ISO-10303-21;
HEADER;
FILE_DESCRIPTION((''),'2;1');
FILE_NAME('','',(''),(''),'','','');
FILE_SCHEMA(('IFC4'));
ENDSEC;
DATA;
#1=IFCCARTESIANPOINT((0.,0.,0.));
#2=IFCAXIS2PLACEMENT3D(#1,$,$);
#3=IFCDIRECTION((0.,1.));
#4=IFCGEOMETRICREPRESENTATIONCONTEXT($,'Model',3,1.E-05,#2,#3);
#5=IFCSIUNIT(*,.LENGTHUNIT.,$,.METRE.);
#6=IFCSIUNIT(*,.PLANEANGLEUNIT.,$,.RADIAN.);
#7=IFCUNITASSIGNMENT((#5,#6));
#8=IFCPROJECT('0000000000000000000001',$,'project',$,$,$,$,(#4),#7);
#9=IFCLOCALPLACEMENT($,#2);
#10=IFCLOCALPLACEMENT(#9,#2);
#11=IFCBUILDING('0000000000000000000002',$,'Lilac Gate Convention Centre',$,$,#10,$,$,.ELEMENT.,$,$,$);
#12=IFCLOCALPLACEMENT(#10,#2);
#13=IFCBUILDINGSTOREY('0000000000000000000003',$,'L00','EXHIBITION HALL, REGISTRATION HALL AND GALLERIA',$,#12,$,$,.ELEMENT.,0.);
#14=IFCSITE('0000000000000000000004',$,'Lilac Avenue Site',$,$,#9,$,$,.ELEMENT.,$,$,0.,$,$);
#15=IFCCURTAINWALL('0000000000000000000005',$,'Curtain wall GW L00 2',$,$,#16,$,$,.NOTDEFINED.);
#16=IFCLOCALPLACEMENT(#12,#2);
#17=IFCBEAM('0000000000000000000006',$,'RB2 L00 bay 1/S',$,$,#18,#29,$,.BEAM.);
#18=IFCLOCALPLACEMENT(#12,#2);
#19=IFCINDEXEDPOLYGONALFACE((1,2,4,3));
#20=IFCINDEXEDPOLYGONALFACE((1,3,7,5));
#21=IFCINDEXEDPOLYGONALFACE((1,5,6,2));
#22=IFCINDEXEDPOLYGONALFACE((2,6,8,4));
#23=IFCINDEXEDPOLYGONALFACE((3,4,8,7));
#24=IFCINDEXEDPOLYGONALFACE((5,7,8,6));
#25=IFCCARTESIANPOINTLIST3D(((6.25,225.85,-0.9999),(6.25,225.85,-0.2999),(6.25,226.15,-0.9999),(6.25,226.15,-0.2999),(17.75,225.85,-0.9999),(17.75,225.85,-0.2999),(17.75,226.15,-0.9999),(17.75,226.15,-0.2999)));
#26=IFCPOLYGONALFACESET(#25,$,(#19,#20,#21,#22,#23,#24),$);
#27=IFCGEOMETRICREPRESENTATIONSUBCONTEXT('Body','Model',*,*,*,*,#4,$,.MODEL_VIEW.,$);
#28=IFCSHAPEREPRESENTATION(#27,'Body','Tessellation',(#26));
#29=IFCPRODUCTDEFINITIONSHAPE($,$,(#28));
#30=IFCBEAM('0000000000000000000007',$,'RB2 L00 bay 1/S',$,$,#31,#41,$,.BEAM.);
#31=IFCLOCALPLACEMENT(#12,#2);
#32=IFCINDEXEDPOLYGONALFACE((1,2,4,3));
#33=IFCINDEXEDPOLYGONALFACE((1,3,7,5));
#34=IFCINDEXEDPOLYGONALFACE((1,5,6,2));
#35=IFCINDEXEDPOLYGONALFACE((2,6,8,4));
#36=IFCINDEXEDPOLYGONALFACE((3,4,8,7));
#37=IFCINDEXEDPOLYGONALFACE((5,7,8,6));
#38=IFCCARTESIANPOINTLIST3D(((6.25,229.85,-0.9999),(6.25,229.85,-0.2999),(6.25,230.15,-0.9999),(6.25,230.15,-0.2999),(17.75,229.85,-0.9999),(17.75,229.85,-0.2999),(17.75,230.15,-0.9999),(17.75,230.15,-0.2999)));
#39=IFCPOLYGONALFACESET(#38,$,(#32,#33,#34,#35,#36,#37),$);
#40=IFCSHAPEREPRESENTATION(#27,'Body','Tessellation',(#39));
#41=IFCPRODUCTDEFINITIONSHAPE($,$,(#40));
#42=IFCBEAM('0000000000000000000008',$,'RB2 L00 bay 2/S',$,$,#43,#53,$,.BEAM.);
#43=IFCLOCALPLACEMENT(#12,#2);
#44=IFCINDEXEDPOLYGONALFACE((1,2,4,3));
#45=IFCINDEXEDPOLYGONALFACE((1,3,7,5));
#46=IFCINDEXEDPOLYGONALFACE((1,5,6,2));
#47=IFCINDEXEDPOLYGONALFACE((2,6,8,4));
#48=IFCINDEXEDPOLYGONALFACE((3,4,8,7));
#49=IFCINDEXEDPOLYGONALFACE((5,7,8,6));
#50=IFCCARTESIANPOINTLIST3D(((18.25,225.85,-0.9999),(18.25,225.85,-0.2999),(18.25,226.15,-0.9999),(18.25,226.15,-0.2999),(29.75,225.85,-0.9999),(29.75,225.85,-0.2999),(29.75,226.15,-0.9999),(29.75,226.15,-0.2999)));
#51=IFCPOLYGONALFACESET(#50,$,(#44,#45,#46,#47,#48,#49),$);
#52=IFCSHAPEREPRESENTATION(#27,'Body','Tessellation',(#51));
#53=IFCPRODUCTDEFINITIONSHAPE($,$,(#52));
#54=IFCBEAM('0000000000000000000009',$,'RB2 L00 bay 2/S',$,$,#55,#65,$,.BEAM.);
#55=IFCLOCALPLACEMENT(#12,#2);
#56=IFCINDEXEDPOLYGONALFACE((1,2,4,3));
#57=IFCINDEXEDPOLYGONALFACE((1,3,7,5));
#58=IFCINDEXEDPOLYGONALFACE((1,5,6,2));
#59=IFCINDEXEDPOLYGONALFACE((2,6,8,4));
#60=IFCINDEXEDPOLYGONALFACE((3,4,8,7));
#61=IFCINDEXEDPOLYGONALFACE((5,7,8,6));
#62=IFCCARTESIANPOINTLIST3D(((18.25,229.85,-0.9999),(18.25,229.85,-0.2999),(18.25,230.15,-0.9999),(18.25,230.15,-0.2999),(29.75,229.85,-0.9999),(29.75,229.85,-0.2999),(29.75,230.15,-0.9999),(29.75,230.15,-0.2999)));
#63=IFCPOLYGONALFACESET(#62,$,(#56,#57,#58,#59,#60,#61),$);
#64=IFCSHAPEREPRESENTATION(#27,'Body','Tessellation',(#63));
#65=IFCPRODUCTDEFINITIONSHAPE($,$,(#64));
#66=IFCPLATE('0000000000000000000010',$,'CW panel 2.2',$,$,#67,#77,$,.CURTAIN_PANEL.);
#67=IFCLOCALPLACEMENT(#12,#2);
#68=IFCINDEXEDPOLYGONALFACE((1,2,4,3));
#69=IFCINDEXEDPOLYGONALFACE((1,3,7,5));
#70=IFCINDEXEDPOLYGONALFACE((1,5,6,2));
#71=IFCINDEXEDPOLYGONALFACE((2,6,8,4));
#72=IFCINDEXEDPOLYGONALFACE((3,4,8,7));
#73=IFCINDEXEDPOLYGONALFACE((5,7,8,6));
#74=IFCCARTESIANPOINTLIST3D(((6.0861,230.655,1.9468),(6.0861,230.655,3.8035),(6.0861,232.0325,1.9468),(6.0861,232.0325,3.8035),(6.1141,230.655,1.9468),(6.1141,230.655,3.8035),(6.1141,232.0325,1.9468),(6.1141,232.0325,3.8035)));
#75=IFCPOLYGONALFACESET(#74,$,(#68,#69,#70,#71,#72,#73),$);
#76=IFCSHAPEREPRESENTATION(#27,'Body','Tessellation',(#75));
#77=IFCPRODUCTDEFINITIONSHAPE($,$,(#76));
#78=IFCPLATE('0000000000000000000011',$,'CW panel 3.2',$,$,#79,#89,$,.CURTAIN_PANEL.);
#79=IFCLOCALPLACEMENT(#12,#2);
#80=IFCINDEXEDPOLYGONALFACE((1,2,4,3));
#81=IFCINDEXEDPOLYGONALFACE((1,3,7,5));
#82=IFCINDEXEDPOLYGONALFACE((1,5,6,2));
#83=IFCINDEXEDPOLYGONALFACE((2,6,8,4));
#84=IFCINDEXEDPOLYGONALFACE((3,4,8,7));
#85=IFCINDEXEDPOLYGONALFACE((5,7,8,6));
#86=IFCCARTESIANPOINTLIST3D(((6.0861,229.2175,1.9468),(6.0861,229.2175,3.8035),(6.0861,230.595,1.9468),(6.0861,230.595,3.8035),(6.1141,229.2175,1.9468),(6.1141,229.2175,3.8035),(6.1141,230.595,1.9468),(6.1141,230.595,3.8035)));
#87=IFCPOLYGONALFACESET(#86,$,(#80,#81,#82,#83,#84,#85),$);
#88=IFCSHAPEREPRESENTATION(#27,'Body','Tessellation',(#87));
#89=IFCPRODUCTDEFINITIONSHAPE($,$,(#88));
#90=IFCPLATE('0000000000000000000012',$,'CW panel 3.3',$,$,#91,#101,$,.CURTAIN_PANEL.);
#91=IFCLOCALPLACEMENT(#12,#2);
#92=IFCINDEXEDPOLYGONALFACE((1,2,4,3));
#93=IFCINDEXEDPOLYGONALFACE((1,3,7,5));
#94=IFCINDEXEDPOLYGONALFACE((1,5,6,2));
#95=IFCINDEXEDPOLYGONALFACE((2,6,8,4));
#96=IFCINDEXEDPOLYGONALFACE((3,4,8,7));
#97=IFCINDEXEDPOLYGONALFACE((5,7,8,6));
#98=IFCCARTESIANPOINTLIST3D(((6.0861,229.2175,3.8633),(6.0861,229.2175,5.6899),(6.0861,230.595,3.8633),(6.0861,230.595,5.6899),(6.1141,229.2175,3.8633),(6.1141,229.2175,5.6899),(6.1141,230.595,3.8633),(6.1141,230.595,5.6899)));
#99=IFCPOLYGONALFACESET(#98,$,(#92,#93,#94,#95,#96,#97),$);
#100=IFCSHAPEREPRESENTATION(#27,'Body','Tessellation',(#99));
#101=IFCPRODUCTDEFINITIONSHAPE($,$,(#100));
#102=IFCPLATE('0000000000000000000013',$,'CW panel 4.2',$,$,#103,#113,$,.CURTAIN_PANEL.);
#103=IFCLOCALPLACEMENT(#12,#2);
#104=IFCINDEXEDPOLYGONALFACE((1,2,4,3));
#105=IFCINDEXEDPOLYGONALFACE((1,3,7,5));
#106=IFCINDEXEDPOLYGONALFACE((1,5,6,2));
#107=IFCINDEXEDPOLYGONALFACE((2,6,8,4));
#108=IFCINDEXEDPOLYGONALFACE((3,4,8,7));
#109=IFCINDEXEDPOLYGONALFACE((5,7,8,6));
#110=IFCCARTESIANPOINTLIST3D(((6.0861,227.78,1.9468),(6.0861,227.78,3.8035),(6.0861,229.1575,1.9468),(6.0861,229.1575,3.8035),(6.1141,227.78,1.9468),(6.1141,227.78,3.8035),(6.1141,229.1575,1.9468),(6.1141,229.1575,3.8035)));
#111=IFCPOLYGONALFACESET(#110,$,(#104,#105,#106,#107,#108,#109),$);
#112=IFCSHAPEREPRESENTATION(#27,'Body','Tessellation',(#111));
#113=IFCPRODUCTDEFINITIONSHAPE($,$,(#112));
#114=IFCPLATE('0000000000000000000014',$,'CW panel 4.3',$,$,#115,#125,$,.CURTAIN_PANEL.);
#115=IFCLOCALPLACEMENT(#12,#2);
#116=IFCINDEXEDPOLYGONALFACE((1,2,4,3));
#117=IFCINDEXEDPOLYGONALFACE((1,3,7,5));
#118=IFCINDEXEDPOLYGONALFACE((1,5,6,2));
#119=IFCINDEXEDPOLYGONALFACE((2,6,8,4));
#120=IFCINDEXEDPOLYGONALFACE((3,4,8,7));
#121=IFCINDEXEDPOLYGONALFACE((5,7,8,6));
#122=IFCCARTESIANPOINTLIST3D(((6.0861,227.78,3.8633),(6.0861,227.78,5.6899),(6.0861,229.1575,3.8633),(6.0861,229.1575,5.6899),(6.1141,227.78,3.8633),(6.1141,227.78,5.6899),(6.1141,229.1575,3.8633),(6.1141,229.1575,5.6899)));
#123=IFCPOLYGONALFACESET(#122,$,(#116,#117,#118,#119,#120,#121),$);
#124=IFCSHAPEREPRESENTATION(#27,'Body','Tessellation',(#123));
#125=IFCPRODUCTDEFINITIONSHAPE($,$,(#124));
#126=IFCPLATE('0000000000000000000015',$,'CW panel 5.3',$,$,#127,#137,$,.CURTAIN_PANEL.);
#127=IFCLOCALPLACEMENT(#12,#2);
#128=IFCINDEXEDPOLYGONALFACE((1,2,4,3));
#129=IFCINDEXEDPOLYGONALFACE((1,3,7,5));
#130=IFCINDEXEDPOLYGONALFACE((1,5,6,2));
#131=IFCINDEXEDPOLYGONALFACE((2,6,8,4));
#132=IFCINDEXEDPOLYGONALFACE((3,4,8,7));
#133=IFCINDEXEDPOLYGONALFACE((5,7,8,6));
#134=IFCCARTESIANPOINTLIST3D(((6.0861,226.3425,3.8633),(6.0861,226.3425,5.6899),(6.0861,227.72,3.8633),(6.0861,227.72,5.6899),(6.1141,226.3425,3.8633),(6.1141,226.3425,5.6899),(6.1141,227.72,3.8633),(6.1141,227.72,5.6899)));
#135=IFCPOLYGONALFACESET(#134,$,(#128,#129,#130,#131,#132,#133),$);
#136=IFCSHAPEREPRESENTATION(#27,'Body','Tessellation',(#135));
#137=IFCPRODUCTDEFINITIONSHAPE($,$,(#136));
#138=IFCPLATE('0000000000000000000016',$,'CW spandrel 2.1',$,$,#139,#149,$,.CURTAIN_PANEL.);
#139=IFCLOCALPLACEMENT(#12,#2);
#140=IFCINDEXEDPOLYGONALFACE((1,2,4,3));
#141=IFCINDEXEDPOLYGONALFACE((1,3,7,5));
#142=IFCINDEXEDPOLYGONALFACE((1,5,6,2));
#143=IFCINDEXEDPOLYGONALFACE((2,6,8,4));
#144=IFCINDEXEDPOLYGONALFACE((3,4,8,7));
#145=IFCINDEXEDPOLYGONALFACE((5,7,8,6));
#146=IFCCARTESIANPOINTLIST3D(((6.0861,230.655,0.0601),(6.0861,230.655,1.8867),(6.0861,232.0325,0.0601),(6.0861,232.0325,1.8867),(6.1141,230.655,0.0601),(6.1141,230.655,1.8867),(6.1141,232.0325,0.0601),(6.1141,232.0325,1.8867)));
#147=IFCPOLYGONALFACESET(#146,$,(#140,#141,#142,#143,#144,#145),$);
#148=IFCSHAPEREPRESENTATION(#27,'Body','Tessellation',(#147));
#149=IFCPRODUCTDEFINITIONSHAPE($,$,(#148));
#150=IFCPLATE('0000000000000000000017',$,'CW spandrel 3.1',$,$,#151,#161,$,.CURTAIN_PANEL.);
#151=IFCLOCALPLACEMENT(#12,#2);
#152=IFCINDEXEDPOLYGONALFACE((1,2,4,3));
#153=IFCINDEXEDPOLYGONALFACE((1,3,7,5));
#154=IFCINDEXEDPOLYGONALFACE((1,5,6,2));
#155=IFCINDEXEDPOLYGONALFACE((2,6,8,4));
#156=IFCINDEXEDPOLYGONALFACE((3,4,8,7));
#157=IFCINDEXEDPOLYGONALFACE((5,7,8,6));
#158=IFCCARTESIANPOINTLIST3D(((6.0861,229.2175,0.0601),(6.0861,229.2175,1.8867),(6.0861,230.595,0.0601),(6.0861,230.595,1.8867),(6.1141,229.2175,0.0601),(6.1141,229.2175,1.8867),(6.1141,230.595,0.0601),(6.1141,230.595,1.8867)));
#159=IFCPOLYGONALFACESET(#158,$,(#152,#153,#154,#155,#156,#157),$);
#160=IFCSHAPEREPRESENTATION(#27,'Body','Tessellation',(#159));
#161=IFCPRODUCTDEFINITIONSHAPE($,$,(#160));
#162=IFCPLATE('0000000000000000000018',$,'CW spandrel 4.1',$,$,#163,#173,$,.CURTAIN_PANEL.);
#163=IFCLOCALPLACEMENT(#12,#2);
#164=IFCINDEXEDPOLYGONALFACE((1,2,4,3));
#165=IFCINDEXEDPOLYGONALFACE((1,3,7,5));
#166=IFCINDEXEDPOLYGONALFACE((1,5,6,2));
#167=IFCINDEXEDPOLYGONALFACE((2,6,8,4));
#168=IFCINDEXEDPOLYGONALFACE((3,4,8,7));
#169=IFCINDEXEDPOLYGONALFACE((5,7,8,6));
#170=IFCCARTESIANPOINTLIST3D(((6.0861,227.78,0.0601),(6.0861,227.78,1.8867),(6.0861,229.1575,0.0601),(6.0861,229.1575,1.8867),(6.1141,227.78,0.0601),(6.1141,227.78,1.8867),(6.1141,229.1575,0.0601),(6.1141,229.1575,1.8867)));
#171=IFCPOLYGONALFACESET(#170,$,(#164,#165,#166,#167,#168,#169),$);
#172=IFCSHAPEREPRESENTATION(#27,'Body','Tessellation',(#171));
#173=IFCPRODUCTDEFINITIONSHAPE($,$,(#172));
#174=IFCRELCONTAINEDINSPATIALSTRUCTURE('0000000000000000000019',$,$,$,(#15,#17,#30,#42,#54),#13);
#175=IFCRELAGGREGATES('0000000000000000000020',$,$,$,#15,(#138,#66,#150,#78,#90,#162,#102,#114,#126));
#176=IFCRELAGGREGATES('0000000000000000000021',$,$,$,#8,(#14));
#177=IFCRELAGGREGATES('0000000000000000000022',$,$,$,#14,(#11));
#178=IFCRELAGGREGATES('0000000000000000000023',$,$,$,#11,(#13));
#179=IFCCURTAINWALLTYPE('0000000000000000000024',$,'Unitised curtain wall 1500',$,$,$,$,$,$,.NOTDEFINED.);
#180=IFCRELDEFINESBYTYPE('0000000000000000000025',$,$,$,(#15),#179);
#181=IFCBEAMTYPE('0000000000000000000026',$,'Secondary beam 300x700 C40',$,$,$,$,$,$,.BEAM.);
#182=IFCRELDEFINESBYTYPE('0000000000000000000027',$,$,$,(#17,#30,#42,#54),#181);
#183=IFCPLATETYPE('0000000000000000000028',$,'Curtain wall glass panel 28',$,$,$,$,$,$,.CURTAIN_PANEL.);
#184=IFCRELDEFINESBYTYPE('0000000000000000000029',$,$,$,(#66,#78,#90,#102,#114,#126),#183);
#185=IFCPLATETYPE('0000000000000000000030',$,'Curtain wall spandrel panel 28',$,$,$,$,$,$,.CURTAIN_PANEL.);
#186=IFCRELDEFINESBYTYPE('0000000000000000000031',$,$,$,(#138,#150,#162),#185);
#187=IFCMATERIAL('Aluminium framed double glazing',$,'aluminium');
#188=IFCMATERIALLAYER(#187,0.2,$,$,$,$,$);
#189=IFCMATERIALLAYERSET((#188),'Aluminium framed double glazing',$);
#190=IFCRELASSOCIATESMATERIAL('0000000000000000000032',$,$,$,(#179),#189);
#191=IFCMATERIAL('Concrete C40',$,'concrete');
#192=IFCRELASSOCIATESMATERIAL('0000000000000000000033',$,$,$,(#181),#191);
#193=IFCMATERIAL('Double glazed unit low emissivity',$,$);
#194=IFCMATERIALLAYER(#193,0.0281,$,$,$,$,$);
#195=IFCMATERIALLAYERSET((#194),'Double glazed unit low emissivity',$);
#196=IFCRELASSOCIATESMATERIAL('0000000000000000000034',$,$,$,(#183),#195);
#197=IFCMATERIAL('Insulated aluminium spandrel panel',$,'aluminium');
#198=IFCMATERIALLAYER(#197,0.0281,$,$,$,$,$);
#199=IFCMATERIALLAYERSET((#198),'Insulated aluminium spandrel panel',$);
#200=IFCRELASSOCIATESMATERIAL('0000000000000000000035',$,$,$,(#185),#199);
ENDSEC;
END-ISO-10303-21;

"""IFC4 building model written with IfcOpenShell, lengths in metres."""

from ifc_helpers import new_model, si_unit, direction, frame, origin, origin_2d, place, context, subcontext, project, spatial, rectangle, extrude, material, layer, layer_set, material_profile, profile_set, type_object, element, aggregate, save


model = new_model("IFC4")

# Units and contexts
model_context = context("Model", 3, precision=1e-05, world=origin(), true_north=direction((0.0, 1.0)))
body_context = subcontext(model_context, "Body", "Model", "MODEL_VIEW")
ifc_project = project(units=[si_unit("LENGTHUNIT", "METRE"), si_unit("PLANEANGLEUNIT", "RADIAN")], contexts=[model_context])

# Site, building, storey
site_placement = place(None, origin())
site = spatial("IfcSite", under=ifc_project, at=site_placement, Name="Lilac Avenue Site", CompositionType="ELEMENT", RefElevation=0.0)
building_placement = place(site_placement, origin())
building = spatial("IfcBuilding", under=site, at=building_placement, Name="Lilac Gate Convention Centre", CompositionType="ELEMENT")
storey_placement = place(building_placement, origin())
storey = spatial("IfcBuildingStorey", under=building, at=storey_placement, Name="L00", Description="EXHIBITION HALL, REGISTRATION HALL AND GALLERIA", CompositionType="ELEMENT", Elevation=0.0)

# Curtain wall
ifc_material_1 = material(Name="Aluminium framed double glazing", Category="aluminium")
ifc_layer_1 = layer(ifc_material_1, 0.2)
ifc_layer_set_1 = layer_set([ifc_layer_1], Name="Aluminium framed double glazing")
curtain_wall_type = type_object("IfcCurtainWallType", Name="Unitised curtain wall 1500", PredefinedType="NOTDEFINED", material=ifc_layer_set_1)
curtain_wall_placement = place(storey_placement, origin())
curtain_wall = element("IfcCurtainWall", 1, at=curtain_wall_placement, inside=storey, type_object=curtain_wall_type, Name="Curtain wall GW L00 2", PredefinedType="NOTDEFINED")

# Beams
ifc_material_2 = material(Name="Concrete C40", Category="concrete")
ifc_material_profile_1 = material_profile(ifc_material_2, rectangle(XDim=0.3, YDim=0.7, at=origin_2d()), Name="RC 300x700")
ifc_profile_set_1 = profile_set([ifc_material_profile_1], Name="Concrete C40")
beam_type = type_object("IfcBeamType", Name="Secondary beam 300x700 C40", PredefinedType="BEAM", material=ifc_profile_set_1)
for number, where, z_axis, x_axis, name in (
    (2, (6.25, 226.0, -0.6499), (1.0, 0.0, 0.0), (0.0, 1.0, 0.0), "RB2 L00 bay 1/S"),
    (3, (6.25, 230.0, -0.6499), (1.0, 0.0, 0.0), (0.0, 1.0, 0.0), "RB2 L00 bay 1/S"),
    (4, (18.25, 226.0, -0.6499), (1.0, 0.0, 0.0), (0.0, 1.0, 0.0), "RB2 L00 bay 2/S"),
    (5, (18.25, 230.0, -0.6499), (1.0, 0.0, 0.0), (0.0, 1.0, 0.0), "RB2 L00 bay 2/S"),
):
    element("IfcBeam", number, at=place(storey_placement, frame(where, z_axis=z_axis, x_axis=x_axis)), inside=storey, type_object=beam_type, Name=name, PredefinedType="BEAM", context=body_context, shape_type="SweptSolid", body=[
        extrude(rectangle(XDim=0.3, YDim=0.7, at=origin_2d()), origin(), (0.0, 0.0, 1.0), 11.5),
    ])

# Plates
ifc_material_3 = material(Name="Double glazed unit low emissivity")
ifc_layer_2 = layer(ifc_material_3, 0.0281)
ifc_layer_set_2 = layer_set([ifc_layer_2], Name="Double glazed unit low emissivity")
plate_type_1 = type_object("IfcPlateType", Name="Curtain wall glass panel 28", PredefinedType="CURTAIN_PANEL", material=ifc_layer_set_2)
plate_1_placement = place(storey_placement, frame((6.1001, 231.3438, 1.9468), z_axis=(0.0, 0.0, 1.0), x_axis=(0.0, -1.0, 0.0)))
plate_1 = element("IfcPlate", 6, at=plate_1_placement, type_object=plate_type_1, Name="CW panel 2.2", PredefinedType="CURTAIN_PANEL", context=body_context, shape_type="SweptSolid", body=[
    extrude(rectangle(XDim=1.3774, YDim=0.0281, at=origin_2d()), origin(), (0.0, 0.0, 1.0), 1.8567),
])
plate_2_placement = place(storey_placement, frame((6.1001, 229.9062, 1.9468), z_axis=(0.0, 0.0, 1.0), x_axis=(0.0, -1.0, 0.0)))
plate_2 = element("IfcPlate", 7, at=plate_2_placement, type_object=plate_type_1, Name="CW panel 3.2", PredefinedType="CURTAIN_PANEL", context=body_context, shape_type="SweptSolid", body=[
    extrude(rectangle(XDim=1.3774, YDim=0.0281, at=origin_2d()), origin(), (0.0, 0.0, 1.0), 1.8567),
])
plate_3_placement = place(storey_placement, frame((6.1001, 229.9062, 3.8633), z_axis=(0.0, 0.0, 1.0), x_axis=(0.0, -1.0, 0.0)))
plate_3 = element("IfcPlate", 8, at=plate_3_placement, type_object=plate_type_1, Name="CW panel 3.3", PredefinedType="CURTAIN_PANEL", context=body_context, shape_type="SweptSolid", body=[
    extrude(rectangle(XDim=1.3774, YDim=0.0281, at=origin_2d()), origin(), (0.0, 0.0, 1.0), 1.8267),
])
plate_4_placement = place(storey_placement, frame((6.1001, 228.4688, 1.9468), z_axis=(0.0, 0.0, 1.0), x_axis=(0.0, -1.0, 0.0)))
plate_4 = element("IfcPlate", 9, at=plate_4_placement, type_object=plate_type_1, Name="CW panel 4.2", PredefinedType="CURTAIN_PANEL", context=body_context, shape_type="SweptSolid", body=[
    extrude(rectangle(XDim=1.3774, YDim=0.0281, at=origin_2d()), origin(), (0.0, 0.0, 1.0), 1.8567),
])
plate_5_placement = place(storey_placement, frame((6.1001, 228.4688, 3.8633), z_axis=(0.0, 0.0, 1.0), x_axis=(0.0, -1.0, 0.0)))
plate_5 = element("IfcPlate", 10, at=plate_5_placement, type_object=plate_type_1, Name="CW panel 4.3", PredefinedType="CURTAIN_PANEL", context=body_context, shape_type="SweptSolid", body=[
    extrude(rectangle(XDim=1.3774, YDim=0.0281, at=origin_2d()), origin(), (0.0, 0.0, 1.0), 1.8267),
])
plate_6_placement = place(storey_placement, frame((6.1001, 227.0312, 3.8633), z_axis=(0.0, 0.0, 1.0), x_axis=(0.0, -1.0, 0.0)))
plate_6 = element("IfcPlate", 11, at=plate_6_placement, type_object=plate_type_1, Name="CW panel 5.3", PredefinedType="CURTAIN_PANEL", context=body_context, shape_type="SweptSolid", body=[
    extrude(rectangle(XDim=1.3774, YDim=0.0281, at=origin_2d()), origin(), (0.0, 0.0, 1.0), 1.8267),
])
ifc_material_4 = material(Name="Insulated aluminium spandrel panel", Category="aluminium")
ifc_layer_3 = layer(ifc_material_4, 0.0281)
ifc_layer_set_3 = layer_set([ifc_layer_3], Name="Insulated aluminium spandrel panel")
plate_type_2 = type_object("IfcPlateType", Name="Curtain wall spandrel panel 28", PredefinedType="CURTAIN_PANEL", material=ifc_layer_set_3)
plate_7_placement = place(storey_placement, frame((6.1001, 231.3438, 0.0601), z_axis=(0.0, 0.0, 1.0), x_axis=(0.0, -1.0, 0.0)))
plate_7 = element("IfcPlate", 12, at=plate_7_placement, type_object=plate_type_2, Name="CW spandrel 2.1", PredefinedType="CURTAIN_PANEL", context=body_context, shape_type="SweptSolid", body=[
    extrude(rectangle(XDim=1.3774, YDim=0.0281, at=origin_2d()), origin(), (0.0, 0.0, 1.0), 1.8267),
])
plate_8_placement = place(storey_placement, frame((6.1001, 229.9062, 0.0601), z_axis=(0.0, 0.0, 1.0), x_axis=(0.0, -1.0, 0.0)))
plate_8 = element("IfcPlate", 13, at=plate_8_placement, type_object=plate_type_2, Name="CW spandrel 3.1", PredefinedType="CURTAIN_PANEL", context=body_context, shape_type="SweptSolid", body=[
    extrude(rectangle(XDim=1.3774, YDim=0.0281, at=origin_2d()), origin(), (0.0, 0.0, 1.0), 1.8267),
])
plate_9_placement = place(storey_placement, frame((6.1001, 228.4688, 0.0601), z_axis=(0.0, 0.0, 1.0), x_axis=(0.0, -1.0, 0.0)))
plate_9 = element("IfcPlate", 14, at=plate_9_placement, type_object=plate_type_2, Name="CW spandrel 4.1", PredefinedType="CURTAIN_PANEL", context=body_context, shape_type="SweptSolid", body=[
    extrude(rectangle(XDim=1.3774, YDim=0.0281, at=origin_2d()), origin(), (0.0, 0.0, 1.0), 1.8267),
])
aggregate(curtain_wall, [plate_7, plate_1, plate_8, plate_2, plate_3, plate_9, plate_4, plate_5, plate_6])

save(model, "model.ifc")
